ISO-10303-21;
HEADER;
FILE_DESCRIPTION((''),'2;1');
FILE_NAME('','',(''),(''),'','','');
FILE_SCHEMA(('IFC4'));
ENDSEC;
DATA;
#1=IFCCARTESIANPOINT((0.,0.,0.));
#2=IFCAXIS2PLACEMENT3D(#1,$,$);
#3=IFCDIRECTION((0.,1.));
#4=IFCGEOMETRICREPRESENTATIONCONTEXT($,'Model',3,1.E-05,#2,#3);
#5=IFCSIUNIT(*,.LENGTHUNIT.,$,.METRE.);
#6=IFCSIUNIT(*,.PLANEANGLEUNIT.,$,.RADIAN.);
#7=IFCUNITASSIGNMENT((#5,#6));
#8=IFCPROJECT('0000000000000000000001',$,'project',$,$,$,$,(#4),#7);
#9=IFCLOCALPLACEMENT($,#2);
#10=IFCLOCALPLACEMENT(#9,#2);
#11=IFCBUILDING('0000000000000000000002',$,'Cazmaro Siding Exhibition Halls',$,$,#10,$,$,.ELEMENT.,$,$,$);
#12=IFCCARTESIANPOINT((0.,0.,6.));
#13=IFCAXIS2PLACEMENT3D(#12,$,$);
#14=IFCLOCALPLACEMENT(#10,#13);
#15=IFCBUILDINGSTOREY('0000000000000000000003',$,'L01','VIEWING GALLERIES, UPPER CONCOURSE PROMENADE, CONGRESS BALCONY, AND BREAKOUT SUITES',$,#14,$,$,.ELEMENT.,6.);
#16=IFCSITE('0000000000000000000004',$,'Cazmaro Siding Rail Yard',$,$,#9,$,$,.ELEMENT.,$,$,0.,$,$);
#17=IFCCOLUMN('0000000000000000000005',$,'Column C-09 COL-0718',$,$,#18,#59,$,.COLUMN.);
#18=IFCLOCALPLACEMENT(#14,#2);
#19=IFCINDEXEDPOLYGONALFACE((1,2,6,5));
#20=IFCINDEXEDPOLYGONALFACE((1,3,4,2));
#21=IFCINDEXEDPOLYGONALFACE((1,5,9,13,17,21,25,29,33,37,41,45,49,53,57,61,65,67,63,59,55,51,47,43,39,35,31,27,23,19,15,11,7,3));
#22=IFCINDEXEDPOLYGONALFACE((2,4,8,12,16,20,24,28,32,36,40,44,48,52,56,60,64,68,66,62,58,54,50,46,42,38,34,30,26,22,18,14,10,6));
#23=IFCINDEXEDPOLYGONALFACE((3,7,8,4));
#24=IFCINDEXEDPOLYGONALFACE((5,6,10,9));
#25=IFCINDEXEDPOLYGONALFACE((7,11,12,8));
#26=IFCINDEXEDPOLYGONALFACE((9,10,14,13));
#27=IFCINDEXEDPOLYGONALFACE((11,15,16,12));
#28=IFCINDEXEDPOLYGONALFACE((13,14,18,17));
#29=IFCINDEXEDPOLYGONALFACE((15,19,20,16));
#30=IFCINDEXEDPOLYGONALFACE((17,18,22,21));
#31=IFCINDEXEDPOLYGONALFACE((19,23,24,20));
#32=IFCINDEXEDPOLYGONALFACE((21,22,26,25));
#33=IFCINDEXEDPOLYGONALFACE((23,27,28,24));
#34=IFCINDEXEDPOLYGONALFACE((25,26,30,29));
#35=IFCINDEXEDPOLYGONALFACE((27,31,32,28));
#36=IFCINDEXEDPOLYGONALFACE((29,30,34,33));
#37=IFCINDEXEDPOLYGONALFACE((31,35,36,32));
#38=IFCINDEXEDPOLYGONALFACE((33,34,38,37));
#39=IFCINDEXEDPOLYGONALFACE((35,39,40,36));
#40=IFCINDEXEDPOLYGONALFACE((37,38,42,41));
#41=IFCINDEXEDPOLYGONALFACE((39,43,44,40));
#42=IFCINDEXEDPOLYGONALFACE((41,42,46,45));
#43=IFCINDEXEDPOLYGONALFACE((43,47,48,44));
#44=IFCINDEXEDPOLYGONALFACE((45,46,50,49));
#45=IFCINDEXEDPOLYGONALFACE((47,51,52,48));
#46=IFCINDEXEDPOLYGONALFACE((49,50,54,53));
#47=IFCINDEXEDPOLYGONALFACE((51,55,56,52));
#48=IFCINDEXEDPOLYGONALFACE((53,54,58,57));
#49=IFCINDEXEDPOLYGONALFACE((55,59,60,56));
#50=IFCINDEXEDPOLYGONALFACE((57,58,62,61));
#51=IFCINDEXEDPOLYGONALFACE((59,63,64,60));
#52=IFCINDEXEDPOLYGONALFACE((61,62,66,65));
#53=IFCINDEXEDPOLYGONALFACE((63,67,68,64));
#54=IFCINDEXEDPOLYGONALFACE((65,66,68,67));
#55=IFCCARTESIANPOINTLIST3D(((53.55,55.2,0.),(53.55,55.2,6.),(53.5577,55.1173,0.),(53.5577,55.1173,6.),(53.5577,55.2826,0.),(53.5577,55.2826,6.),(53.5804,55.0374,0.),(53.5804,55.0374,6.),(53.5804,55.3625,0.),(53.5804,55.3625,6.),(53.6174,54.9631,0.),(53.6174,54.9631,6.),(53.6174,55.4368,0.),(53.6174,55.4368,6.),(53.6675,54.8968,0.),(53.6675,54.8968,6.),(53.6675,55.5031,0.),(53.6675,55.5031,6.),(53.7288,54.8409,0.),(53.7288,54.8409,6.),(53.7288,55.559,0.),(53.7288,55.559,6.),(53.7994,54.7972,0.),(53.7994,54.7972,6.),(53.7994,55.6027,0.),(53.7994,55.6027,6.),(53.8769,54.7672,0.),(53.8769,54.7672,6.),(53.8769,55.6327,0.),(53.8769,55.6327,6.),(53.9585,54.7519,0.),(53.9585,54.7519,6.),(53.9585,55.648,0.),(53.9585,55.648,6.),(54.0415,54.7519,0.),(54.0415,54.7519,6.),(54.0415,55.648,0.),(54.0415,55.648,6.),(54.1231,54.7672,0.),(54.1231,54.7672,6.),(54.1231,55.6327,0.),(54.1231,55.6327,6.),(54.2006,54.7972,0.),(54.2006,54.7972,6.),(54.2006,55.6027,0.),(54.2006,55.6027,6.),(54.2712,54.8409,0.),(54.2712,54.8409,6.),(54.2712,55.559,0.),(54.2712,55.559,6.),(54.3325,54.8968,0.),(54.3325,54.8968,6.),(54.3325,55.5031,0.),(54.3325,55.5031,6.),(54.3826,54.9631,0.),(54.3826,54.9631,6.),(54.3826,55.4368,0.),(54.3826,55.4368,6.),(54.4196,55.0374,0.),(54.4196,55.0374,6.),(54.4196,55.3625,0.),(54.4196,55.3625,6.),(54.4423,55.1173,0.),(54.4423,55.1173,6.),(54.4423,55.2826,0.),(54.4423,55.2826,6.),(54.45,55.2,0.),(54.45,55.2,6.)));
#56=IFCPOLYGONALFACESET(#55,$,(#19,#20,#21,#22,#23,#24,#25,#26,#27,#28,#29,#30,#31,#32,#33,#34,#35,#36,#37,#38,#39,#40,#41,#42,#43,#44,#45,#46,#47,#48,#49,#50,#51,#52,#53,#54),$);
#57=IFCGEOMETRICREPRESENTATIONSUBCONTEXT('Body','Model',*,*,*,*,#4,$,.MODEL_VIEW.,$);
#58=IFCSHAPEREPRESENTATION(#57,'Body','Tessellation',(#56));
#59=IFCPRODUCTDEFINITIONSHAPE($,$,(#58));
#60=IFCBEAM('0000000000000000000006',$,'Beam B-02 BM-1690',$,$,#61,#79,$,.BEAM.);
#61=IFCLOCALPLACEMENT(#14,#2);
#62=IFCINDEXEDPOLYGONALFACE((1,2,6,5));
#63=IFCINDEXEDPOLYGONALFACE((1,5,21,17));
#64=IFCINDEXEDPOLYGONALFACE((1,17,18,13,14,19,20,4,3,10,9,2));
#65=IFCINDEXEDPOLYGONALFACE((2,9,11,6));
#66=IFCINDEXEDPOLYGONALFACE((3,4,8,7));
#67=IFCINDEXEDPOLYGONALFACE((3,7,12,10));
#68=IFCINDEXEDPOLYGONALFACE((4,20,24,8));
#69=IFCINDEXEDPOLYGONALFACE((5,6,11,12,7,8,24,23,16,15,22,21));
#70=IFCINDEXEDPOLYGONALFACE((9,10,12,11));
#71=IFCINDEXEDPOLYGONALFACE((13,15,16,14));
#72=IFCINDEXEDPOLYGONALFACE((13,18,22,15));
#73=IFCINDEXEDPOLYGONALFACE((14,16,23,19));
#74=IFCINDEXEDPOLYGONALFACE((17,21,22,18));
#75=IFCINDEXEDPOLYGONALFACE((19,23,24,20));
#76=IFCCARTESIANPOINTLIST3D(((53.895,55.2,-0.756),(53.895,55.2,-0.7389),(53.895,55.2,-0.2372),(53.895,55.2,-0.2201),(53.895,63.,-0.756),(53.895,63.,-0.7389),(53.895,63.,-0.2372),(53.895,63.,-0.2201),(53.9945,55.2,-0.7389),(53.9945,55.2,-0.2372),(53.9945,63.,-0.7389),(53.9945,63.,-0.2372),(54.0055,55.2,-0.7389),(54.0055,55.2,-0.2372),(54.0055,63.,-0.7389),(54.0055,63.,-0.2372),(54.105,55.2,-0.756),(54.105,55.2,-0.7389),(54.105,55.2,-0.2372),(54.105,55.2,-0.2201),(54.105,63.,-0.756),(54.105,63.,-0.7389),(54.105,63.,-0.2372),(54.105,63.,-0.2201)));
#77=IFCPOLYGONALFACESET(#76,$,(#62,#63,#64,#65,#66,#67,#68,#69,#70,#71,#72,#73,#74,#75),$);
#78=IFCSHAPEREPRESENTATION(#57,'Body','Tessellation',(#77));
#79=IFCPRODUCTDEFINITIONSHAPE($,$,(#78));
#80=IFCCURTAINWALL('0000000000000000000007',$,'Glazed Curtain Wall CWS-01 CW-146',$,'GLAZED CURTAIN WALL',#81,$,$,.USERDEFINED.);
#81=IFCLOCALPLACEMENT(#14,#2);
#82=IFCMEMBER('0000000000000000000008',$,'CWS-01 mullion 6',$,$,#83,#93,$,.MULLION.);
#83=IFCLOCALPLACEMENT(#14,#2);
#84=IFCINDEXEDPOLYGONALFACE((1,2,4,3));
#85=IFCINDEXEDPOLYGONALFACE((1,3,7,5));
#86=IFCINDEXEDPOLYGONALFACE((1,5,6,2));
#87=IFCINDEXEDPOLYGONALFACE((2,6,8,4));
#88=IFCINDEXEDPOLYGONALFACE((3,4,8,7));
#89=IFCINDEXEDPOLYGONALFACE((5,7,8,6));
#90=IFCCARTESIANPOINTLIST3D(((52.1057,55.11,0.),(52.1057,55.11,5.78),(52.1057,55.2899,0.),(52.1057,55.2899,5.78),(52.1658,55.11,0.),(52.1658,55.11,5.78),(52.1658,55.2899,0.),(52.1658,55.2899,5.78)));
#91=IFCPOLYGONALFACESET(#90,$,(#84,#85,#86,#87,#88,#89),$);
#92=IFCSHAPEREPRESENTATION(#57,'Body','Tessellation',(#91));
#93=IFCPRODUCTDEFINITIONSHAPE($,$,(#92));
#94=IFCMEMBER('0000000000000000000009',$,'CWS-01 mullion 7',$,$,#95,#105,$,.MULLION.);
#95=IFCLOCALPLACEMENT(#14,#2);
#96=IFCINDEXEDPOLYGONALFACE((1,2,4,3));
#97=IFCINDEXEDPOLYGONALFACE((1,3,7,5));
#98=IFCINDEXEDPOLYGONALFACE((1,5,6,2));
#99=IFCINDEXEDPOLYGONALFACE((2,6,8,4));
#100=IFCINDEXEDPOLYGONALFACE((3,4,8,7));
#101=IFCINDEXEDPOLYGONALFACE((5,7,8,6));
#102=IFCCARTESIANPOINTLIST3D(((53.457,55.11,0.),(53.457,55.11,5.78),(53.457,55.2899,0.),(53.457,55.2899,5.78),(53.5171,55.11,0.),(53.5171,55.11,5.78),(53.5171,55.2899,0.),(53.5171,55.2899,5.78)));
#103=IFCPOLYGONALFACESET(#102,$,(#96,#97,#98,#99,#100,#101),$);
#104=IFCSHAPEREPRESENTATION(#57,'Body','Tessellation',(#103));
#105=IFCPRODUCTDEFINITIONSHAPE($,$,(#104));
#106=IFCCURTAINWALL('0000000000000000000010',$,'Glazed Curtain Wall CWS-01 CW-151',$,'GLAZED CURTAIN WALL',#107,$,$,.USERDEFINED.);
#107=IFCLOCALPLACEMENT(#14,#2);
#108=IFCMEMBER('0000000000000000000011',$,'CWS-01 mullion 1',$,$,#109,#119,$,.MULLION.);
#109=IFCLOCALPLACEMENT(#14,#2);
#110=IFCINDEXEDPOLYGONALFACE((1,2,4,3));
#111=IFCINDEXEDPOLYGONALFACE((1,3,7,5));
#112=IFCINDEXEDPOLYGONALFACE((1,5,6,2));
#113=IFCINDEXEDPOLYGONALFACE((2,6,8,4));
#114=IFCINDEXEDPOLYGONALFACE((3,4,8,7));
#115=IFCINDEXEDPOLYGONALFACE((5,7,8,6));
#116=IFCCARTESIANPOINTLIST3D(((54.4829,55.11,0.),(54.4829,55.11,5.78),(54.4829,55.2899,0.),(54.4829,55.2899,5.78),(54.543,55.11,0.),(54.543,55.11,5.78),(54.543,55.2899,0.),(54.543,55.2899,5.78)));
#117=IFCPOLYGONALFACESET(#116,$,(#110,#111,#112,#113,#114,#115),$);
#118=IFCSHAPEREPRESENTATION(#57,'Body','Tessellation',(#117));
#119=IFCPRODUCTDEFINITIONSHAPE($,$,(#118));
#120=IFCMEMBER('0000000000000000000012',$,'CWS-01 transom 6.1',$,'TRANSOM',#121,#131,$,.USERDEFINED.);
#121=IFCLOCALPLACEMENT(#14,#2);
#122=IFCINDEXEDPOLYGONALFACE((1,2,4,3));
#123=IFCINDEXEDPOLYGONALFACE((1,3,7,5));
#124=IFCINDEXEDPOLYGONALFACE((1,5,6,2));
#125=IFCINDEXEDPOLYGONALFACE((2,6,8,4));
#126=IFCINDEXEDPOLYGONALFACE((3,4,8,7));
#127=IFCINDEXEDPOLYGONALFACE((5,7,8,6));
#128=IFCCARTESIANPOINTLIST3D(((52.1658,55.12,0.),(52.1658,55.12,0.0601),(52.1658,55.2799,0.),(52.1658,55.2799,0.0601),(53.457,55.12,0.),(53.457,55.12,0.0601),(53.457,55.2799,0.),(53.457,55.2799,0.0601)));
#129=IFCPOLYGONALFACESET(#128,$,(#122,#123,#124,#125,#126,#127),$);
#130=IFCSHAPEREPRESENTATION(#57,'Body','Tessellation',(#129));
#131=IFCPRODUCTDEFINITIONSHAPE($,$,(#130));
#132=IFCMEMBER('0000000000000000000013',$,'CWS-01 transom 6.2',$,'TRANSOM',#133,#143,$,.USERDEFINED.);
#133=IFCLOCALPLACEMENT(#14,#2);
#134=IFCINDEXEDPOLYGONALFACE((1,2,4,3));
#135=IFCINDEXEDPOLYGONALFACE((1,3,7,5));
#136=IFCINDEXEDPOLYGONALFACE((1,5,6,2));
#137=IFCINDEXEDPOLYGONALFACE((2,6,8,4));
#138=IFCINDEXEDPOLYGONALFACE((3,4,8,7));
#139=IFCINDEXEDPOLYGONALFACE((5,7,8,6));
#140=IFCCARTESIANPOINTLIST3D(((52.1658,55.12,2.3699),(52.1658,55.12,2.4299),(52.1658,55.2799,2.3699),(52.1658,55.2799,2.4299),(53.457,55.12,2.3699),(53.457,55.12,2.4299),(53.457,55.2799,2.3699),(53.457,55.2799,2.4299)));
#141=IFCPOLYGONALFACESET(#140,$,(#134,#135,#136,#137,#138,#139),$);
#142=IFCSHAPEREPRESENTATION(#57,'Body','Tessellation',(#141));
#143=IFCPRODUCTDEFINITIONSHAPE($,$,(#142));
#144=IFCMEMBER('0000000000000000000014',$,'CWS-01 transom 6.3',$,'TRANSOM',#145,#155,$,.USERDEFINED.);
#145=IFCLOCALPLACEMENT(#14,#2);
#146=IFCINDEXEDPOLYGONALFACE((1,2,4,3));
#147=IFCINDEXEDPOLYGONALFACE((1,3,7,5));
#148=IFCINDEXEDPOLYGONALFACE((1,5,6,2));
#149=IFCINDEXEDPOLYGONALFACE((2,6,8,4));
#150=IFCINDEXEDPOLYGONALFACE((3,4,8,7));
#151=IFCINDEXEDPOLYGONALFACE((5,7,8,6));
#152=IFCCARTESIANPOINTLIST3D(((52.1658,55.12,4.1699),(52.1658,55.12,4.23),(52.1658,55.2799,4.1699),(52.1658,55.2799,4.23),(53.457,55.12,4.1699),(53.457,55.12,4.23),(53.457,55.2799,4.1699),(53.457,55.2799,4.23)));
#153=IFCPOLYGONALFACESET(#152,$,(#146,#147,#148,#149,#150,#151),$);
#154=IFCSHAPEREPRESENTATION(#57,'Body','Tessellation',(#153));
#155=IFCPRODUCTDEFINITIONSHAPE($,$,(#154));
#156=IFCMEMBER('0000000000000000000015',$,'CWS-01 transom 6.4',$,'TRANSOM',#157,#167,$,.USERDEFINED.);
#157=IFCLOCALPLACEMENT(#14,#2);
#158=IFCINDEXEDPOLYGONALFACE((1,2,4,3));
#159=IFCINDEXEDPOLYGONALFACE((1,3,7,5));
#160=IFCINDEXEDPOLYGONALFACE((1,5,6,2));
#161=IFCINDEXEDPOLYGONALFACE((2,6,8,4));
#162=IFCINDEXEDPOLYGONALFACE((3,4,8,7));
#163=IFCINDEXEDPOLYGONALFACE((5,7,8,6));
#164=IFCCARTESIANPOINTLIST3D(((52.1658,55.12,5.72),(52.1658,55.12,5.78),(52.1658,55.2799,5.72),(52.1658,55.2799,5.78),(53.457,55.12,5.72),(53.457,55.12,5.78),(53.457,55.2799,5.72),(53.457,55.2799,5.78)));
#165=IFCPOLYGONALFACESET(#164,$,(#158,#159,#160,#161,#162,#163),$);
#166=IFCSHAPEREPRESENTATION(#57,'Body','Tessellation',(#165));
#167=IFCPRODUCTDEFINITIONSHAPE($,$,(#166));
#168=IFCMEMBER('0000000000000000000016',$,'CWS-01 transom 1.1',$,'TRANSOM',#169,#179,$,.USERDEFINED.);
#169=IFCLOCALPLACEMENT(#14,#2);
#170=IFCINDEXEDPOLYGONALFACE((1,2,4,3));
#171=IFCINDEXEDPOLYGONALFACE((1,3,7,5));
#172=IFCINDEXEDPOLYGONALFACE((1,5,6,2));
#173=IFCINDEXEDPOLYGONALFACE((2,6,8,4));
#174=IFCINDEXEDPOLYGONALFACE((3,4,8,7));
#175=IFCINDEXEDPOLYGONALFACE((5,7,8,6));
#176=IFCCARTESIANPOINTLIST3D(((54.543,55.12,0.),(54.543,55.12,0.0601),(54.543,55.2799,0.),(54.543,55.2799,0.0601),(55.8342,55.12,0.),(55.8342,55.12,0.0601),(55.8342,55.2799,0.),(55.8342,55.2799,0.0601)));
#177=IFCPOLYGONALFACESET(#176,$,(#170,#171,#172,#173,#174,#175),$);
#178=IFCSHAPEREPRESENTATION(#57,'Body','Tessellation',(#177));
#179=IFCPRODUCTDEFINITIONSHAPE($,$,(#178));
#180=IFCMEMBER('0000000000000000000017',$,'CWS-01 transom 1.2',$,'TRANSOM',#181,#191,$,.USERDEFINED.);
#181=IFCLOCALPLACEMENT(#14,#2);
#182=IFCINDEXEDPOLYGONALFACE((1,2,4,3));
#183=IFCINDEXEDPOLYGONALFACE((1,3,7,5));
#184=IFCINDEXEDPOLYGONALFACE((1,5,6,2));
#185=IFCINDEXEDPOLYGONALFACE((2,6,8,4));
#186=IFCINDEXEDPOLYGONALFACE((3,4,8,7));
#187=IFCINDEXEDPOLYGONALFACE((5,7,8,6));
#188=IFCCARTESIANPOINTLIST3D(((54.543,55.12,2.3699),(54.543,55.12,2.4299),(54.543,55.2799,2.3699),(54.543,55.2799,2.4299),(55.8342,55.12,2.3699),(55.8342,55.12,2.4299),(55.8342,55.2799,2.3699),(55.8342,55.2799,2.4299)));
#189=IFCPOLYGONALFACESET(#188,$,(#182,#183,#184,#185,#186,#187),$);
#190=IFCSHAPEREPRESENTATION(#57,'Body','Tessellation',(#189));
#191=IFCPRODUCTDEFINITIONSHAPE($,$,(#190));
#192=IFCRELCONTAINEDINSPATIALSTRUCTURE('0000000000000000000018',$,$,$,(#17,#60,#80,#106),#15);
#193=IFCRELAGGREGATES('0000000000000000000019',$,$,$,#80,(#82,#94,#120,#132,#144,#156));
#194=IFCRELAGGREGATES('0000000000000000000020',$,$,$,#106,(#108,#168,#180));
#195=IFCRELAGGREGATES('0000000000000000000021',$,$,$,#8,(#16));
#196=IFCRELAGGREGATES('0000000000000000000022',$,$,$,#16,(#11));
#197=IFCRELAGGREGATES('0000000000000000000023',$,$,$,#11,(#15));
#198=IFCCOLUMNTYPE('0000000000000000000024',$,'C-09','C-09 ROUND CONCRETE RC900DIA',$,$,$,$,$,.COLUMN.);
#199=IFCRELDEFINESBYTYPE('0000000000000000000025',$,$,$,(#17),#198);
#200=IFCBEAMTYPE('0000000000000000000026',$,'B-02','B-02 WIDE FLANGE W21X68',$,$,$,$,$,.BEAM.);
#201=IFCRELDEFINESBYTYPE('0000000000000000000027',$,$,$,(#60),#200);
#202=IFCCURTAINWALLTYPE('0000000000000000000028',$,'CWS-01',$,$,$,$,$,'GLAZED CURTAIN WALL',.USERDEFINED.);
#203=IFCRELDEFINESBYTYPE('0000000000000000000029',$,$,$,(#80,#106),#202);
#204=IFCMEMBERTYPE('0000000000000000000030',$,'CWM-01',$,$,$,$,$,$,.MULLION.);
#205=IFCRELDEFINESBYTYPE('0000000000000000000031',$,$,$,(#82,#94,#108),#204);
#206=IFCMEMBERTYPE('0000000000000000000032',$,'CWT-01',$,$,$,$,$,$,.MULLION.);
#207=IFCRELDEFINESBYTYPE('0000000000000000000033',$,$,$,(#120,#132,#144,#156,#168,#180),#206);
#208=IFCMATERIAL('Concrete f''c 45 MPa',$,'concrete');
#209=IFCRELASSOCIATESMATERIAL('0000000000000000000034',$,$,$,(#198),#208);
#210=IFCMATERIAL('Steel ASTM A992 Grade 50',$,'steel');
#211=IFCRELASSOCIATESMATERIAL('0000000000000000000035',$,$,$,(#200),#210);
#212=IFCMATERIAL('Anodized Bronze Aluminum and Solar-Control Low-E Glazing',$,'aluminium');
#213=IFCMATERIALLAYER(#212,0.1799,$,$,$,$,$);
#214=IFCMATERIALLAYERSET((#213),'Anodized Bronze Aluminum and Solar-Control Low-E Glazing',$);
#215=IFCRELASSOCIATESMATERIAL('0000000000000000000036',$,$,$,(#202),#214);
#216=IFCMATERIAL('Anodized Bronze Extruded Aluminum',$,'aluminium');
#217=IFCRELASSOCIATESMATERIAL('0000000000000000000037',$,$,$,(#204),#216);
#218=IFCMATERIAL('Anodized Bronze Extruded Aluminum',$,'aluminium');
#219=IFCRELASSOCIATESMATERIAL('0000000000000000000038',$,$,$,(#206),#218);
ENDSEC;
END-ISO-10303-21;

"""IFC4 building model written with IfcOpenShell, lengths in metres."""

from ifc_helpers import new_model, si_unit, direction, frame, origin, origin_2d, place, context, subcontext, project, spatial, rectangle, circle, i_section, extrude, material, layer, layer_set, material_profile, profile_set, type_object, element, aggregate, save


model = new_model("IFC4")

# Units and contexts
model_context = context("Model", 3, precision=1e-05, world=origin(), true_north=direction((0.0, 1.0)))
body_context = subcontext(model_context, "Body", "Model", "MODEL_VIEW")
ifc_project = project(units=[si_unit("LENGTHUNIT", "METRE"), si_unit("PLANEANGLEUNIT", "RADIAN")], contexts=[model_context])

# Site, building, storey
site_placement = place(None, origin())
site = spatial("IfcSite", under=ifc_project, at=site_placement, Name="Cazmaro Siding Rail Yard", CompositionType="ELEMENT", RefElevation=0.0)
building_placement = place(site_placement, origin())
building = spatial("IfcBuilding", under=site, at=building_placement, Name="Cazmaro Siding Exhibition Halls", CompositionType="ELEMENT")
storey_placement = place(building_placement, frame((0.0, 0.0, 6.0)))
storey = spatial("IfcBuildingStorey", under=building, at=storey_placement, Name="L01", Description="VIEWING GALLERIES, UPPER CONCOURSE PROMENADE, CONGRESS BALCONY, AND BREAKOUT SUITES", CompositionType="ELEMENT", Elevation=6.0)

# Column
ifc_material_1 = material(Name="Concrete f'c 45 MPa", Category="concrete")
ifc_material_profile_1 = material_profile(ifc_material_1, circle(Radius=0.45, at=origin_2d()), Name="RC900DIA")
ifc_profile_set_1 = profile_set([ifc_material_profile_1], Name="Concrete f'c 45 MPa")
column_type = type_object("IfcColumnType", Name="C-09", Description="C-09 ROUND CONCRETE RC900DIA", PredefinedType="COLUMN", material=ifc_profile_set_1)
column_placement = place(storey_placement, frame((54.0, 55.2, 0.0), z_axis=(0.0, 0.0, 1.0), x_axis=(1.0, 0.0, 0.0)))
element("IfcColumn", 1, at=column_placement, inside=storey, type_object=column_type, Name="Column C-09 COL-0718", PredefinedType="COLUMN", context=body_context, shape_type="SweptSolid", body=[
    extrude(circle(Radius=0.45, at=origin_2d()), origin(), (0.0, 0.0, 1.0), 6.0),
])

# Beam
ifc_material_2 = material(Name="Steel ASTM A992 Grade 50", Category="steel")
ifc_material_profile_2 = material_profile(ifc_material_2, i_section(OverallWidth=0.21, OverallDepth=0.5359, WebThickness=0.011, FlangeThickness=0.0171, at=origin_2d()), Name="W21X68")
ifc_profile_set_2 = profile_set([ifc_material_profile_2], Name="Steel ASTM A992 Grade 50")
beam_type_1 = type_object("IfcBeamType", Name="B-02", Description="B-02 WIDE FLANGE W21X68", PredefinedType="BEAM", material=ifc_profile_set_2)
beam_1_placement = place(storey_placement, frame((54.0, 55.2, -0.488), z_axis=(0.0, 1.0, 0.0), x_axis=(-1.0, 0.0, 0.0)))
element("IfcBeam", 2, at=beam_1_placement, inside=storey, type_object=beam_type_1, Name="Beam B-02 BM-1690", PredefinedType="BEAM", context=body_context, shape_type="SweptSolid", body=[
    extrude(i_section(OverallWidth=0.21, OverallDepth=0.5359, WebThickness=0.011, FlangeThickness=0.0171, at=origin_2d()), origin(), (0.0, 0.0, 1.0), 7.8),
])

# Curtain wall, members
ifc_material_3 = material(Name="Anodized Bronze Aluminum and Solar-Control Low-E Glazing", Category="aluminium")
ifc_layer_1 = layer(ifc_material_3, 0.1799)
ifc_layer_set_1 = layer_set([ifc_layer_1], Name="Anodized Bronze Aluminum and Solar-Control Low-E Glazing")
curtain_wall_type = type_object("IfcCurtainWallType", Name="CWS-01", ElementType="GLAZED CURTAIN WALL", PredefinedType="USERDEFINED", material=ifc_layer_set_1)
curtain_wall_1_placement = place(storey_placement, origin())
curtain_wall_1 = element("IfcCurtainWall", 3, at=curtain_wall_1_placement, inside=storey, type_object=curtain_wall_type, Name="Glazed Curtain Wall CWS-01 CW-146", ObjectType="GLAZED CURTAIN WALL", PredefinedType="USERDEFINED")
ifc_material_4 = material(Name="Anodized Bronze Extruded Aluminum", Category="aluminium")
ifc_material_profile_3 = material_profile(ifc_material_4, rectangle(XDim=0.1799, YDim=0.0601, at=origin_2d()), Name="CWM-01")
ifc_profile_set_3 = profile_set([ifc_material_profile_3], Name="Anodized Bronze Extruded Aluminum")
member_type_1 = type_object("IfcMemberType", Name="CWM-01", PredefinedType="MULLION", material=ifc_profile_set_3)
member_1_placement = place(storey_placement, frame((52.1357, 55.2, 0.0), z_axis=(0.0, 0.0, 1.0), x_axis=(0.0, 1.0, 0.0)))
member_1 = element("IfcMember", 4, at=member_1_placement, type_object=member_type_1, Name="CWS-01 mullion 6", PredefinedType="MULLION", context=body_context, shape_type="SweptSolid", body=[
    extrude(rectangle(XDim=0.1799, YDim=0.0601, at=origin_2d()), origin(), (0.0, 0.0, 1.0), 5.78),
])
member_2_placement = place(storey_placement, frame((53.4871, 55.2, 0.0), z_axis=(0.0, 0.0, 1.0), x_axis=(0.0, 1.0, 0.0)))
member_2 = element("IfcMember", 5, at=member_2_placement, type_object=member_type_1, Name="CWS-01 mullion 7", PredefinedType="MULLION", context=body_context, shape_type="SweptSolid", body=[
    extrude(rectangle(XDim=0.1799, YDim=0.0601, at=origin_2d()), origin(), (0.0, 0.0, 1.0), 5.78),
])

# Curtain wall, member
curtain_wall_2_placement = place(storey_placement, origin())
curtain_wall_2 = element("IfcCurtainWall", 6, at=curtain_wall_2_placement, inside=storey, type_object=curtain_wall_type, Name="Glazed Curtain Wall CWS-01 CW-151", ObjectType="GLAZED CURTAIN WALL", PredefinedType="USERDEFINED")
member_3_placement = place(storey_placement, frame((54.5129, 55.2, 0.0), z_axis=(0.0, 0.0, 1.0), x_axis=(0.0, 1.0, 0.0)))
member_3 = element("IfcMember", 7, at=member_3_placement, type_object=member_type_1, Name="CWS-01 mullion 1", PredefinedType="MULLION", context=body_context, shape_type="SweptSolid", body=[
    extrude(rectangle(XDim=0.1799, YDim=0.0601, at=origin_2d()), origin(), (0.0, 0.0, 1.0), 5.78),
])

# Members
ifc_material_5 = material(Name="Anodized Bronze Extruded Aluminum", Category="aluminium")
ifc_material_profile_4 = material_profile(ifc_material_5, rectangle(XDim=0.1599, YDim=0.0601, at=origin_2d()), Name="CWT-01")
ifc_profile_set_4 = profile_set([ifc_material_profile_4], Name="Anodized Bronze Extruded Aluminum")
member_type_2 = type_object("IfcMemberType", Name="CWT-01", PredefinedType="MULLION", material=ifc_profile_set_4)
member_4_placement = place(storey_placement, frame((52.1658, 55.2, 0.03), z_axis=(1.0, 0.0, 0.0), x_axis=(0.0, 1.0, 0.0)))
member_4 = element("IfcMember", 8, at=member_4_placement, type_object=member_type_2, Name="CWS-01 transom 6.1", ObjectType="TRANSOM", PredefinedType="USERDEFINED", context=body_context, shape_type="SweptSolid", body=[
    extrude(rectangle(XDim=0.1599, YDim=0.0601, at=origin_2d()), origin(), (0.0, 0.0, 1.0), 1.2913),
])
member_5_placement = place(storey_placement, frame((52.1658, 55.2, 2.3999), z_axis=(1.0, 0.0, 0.0), x_axis=(0.0, 1.0, 0.0)))
member_5 = element("IfcMember", 9, at=member_5_placement, type_object=member_type_2, Name="CWS-01 transom 6.2", ObjectType="TRANSOM", PredefinedType="USERDEFINED", context=body_context, shape_type="SweptSolid", body=[
    extrude(rectangle(XDim=0.1599, YDim=0.0601, at=origin_2d()), origin(), (0.0, 0.0, 1.0), 1.2913),
])
member_6_placement = place(storey_placement, frame((52.1658, 55.2, 4.2), z_axis=(1.0, 0.0, 0.0), x_axis=(0.0, 1.0, 0.0)))
member_6 = element("IfcMember", 10, at=member_6_placement, type_object=member_type_2, Name="CWS-01 transom 6.3", ObjectType="TRANSOM", PredefinedType="USERDEFINED", context=body_context, shape_type="SweptSolid", body=[
    extrude(rectangle(XDim=0.1599, YDim=0.0601, at=origin_2d()), origin(), (0.0, 0.0, 1.0), 1.2913),
])
member_7_placement = place(storey_placement, frame((52.1658, 55.2, 5.75), z_axis=(1.0, 0.0, 0.0), x_axis=(0.0, 1.0, 0.0)))
member_7 = element("IfcMember", 11, at=member_7_placement, type_object=member_type_2, Name="CWS-01 transom 6.4", ObjectType="TRANSOM", PredefinedType="USERDEFINED", context=body_context, shape_type="SweptSolid", body=[
    extrude(rectangle(XDim=0.1599, YDim=0.0601, at=origin_2d()), origin(), (0.0, 0.0, 1.0), 1.2913),
])
member_8_placement = place(storey_placement, frame((54.543, 55.2, 0.03), z_axis=(1.0, 0.0, 0.0), x_axis=(0.0, 1.0, 0.0)))
member_8 = element("IfcMember", 12, at=member_8_placement, type_object=member_type_2, Name="CWS-01 transom 1.1", ObjectType="TRANSOM", PredefinedType="USERDEFINED", context=body_context, shape_type="SweptSolid", body=[
    extrude(rectangle(XDim=0.1599, YDim=0.0601, at=origin_2d()), origin(), (0.0, 0.0, 1.0), 1.2913),
])
member_9_placement = place(storey_placement, frame((54.543, 55.2, 2.3999), z_axis=(1.0, 0.0, 0.0), x_axis=(0.0, 1.0, 0.0)))
member_9 = element("IfcMember", 13, at=member_9_placement, type_object=member_type_2, Name="CWS-01 transom 1.2", ObjectType="TRANSOM", PredefinedType="USERDEFINED", context=body_context, shape_type="SweptSolid", body=[
    extrude(rectangle(XDim=0.1599, YDim=0.0601, at=origin_2d()), origin(), (0.0, 0.0, 1.0), 1.2913),
])

aggregate(curtain_wall_1, [member_1, member_2, member_4, member_5, member_6, member_7])

aggregate(curtain_wall_2, [member_3, member_8, member_9])

save(model, "model.ifc")
